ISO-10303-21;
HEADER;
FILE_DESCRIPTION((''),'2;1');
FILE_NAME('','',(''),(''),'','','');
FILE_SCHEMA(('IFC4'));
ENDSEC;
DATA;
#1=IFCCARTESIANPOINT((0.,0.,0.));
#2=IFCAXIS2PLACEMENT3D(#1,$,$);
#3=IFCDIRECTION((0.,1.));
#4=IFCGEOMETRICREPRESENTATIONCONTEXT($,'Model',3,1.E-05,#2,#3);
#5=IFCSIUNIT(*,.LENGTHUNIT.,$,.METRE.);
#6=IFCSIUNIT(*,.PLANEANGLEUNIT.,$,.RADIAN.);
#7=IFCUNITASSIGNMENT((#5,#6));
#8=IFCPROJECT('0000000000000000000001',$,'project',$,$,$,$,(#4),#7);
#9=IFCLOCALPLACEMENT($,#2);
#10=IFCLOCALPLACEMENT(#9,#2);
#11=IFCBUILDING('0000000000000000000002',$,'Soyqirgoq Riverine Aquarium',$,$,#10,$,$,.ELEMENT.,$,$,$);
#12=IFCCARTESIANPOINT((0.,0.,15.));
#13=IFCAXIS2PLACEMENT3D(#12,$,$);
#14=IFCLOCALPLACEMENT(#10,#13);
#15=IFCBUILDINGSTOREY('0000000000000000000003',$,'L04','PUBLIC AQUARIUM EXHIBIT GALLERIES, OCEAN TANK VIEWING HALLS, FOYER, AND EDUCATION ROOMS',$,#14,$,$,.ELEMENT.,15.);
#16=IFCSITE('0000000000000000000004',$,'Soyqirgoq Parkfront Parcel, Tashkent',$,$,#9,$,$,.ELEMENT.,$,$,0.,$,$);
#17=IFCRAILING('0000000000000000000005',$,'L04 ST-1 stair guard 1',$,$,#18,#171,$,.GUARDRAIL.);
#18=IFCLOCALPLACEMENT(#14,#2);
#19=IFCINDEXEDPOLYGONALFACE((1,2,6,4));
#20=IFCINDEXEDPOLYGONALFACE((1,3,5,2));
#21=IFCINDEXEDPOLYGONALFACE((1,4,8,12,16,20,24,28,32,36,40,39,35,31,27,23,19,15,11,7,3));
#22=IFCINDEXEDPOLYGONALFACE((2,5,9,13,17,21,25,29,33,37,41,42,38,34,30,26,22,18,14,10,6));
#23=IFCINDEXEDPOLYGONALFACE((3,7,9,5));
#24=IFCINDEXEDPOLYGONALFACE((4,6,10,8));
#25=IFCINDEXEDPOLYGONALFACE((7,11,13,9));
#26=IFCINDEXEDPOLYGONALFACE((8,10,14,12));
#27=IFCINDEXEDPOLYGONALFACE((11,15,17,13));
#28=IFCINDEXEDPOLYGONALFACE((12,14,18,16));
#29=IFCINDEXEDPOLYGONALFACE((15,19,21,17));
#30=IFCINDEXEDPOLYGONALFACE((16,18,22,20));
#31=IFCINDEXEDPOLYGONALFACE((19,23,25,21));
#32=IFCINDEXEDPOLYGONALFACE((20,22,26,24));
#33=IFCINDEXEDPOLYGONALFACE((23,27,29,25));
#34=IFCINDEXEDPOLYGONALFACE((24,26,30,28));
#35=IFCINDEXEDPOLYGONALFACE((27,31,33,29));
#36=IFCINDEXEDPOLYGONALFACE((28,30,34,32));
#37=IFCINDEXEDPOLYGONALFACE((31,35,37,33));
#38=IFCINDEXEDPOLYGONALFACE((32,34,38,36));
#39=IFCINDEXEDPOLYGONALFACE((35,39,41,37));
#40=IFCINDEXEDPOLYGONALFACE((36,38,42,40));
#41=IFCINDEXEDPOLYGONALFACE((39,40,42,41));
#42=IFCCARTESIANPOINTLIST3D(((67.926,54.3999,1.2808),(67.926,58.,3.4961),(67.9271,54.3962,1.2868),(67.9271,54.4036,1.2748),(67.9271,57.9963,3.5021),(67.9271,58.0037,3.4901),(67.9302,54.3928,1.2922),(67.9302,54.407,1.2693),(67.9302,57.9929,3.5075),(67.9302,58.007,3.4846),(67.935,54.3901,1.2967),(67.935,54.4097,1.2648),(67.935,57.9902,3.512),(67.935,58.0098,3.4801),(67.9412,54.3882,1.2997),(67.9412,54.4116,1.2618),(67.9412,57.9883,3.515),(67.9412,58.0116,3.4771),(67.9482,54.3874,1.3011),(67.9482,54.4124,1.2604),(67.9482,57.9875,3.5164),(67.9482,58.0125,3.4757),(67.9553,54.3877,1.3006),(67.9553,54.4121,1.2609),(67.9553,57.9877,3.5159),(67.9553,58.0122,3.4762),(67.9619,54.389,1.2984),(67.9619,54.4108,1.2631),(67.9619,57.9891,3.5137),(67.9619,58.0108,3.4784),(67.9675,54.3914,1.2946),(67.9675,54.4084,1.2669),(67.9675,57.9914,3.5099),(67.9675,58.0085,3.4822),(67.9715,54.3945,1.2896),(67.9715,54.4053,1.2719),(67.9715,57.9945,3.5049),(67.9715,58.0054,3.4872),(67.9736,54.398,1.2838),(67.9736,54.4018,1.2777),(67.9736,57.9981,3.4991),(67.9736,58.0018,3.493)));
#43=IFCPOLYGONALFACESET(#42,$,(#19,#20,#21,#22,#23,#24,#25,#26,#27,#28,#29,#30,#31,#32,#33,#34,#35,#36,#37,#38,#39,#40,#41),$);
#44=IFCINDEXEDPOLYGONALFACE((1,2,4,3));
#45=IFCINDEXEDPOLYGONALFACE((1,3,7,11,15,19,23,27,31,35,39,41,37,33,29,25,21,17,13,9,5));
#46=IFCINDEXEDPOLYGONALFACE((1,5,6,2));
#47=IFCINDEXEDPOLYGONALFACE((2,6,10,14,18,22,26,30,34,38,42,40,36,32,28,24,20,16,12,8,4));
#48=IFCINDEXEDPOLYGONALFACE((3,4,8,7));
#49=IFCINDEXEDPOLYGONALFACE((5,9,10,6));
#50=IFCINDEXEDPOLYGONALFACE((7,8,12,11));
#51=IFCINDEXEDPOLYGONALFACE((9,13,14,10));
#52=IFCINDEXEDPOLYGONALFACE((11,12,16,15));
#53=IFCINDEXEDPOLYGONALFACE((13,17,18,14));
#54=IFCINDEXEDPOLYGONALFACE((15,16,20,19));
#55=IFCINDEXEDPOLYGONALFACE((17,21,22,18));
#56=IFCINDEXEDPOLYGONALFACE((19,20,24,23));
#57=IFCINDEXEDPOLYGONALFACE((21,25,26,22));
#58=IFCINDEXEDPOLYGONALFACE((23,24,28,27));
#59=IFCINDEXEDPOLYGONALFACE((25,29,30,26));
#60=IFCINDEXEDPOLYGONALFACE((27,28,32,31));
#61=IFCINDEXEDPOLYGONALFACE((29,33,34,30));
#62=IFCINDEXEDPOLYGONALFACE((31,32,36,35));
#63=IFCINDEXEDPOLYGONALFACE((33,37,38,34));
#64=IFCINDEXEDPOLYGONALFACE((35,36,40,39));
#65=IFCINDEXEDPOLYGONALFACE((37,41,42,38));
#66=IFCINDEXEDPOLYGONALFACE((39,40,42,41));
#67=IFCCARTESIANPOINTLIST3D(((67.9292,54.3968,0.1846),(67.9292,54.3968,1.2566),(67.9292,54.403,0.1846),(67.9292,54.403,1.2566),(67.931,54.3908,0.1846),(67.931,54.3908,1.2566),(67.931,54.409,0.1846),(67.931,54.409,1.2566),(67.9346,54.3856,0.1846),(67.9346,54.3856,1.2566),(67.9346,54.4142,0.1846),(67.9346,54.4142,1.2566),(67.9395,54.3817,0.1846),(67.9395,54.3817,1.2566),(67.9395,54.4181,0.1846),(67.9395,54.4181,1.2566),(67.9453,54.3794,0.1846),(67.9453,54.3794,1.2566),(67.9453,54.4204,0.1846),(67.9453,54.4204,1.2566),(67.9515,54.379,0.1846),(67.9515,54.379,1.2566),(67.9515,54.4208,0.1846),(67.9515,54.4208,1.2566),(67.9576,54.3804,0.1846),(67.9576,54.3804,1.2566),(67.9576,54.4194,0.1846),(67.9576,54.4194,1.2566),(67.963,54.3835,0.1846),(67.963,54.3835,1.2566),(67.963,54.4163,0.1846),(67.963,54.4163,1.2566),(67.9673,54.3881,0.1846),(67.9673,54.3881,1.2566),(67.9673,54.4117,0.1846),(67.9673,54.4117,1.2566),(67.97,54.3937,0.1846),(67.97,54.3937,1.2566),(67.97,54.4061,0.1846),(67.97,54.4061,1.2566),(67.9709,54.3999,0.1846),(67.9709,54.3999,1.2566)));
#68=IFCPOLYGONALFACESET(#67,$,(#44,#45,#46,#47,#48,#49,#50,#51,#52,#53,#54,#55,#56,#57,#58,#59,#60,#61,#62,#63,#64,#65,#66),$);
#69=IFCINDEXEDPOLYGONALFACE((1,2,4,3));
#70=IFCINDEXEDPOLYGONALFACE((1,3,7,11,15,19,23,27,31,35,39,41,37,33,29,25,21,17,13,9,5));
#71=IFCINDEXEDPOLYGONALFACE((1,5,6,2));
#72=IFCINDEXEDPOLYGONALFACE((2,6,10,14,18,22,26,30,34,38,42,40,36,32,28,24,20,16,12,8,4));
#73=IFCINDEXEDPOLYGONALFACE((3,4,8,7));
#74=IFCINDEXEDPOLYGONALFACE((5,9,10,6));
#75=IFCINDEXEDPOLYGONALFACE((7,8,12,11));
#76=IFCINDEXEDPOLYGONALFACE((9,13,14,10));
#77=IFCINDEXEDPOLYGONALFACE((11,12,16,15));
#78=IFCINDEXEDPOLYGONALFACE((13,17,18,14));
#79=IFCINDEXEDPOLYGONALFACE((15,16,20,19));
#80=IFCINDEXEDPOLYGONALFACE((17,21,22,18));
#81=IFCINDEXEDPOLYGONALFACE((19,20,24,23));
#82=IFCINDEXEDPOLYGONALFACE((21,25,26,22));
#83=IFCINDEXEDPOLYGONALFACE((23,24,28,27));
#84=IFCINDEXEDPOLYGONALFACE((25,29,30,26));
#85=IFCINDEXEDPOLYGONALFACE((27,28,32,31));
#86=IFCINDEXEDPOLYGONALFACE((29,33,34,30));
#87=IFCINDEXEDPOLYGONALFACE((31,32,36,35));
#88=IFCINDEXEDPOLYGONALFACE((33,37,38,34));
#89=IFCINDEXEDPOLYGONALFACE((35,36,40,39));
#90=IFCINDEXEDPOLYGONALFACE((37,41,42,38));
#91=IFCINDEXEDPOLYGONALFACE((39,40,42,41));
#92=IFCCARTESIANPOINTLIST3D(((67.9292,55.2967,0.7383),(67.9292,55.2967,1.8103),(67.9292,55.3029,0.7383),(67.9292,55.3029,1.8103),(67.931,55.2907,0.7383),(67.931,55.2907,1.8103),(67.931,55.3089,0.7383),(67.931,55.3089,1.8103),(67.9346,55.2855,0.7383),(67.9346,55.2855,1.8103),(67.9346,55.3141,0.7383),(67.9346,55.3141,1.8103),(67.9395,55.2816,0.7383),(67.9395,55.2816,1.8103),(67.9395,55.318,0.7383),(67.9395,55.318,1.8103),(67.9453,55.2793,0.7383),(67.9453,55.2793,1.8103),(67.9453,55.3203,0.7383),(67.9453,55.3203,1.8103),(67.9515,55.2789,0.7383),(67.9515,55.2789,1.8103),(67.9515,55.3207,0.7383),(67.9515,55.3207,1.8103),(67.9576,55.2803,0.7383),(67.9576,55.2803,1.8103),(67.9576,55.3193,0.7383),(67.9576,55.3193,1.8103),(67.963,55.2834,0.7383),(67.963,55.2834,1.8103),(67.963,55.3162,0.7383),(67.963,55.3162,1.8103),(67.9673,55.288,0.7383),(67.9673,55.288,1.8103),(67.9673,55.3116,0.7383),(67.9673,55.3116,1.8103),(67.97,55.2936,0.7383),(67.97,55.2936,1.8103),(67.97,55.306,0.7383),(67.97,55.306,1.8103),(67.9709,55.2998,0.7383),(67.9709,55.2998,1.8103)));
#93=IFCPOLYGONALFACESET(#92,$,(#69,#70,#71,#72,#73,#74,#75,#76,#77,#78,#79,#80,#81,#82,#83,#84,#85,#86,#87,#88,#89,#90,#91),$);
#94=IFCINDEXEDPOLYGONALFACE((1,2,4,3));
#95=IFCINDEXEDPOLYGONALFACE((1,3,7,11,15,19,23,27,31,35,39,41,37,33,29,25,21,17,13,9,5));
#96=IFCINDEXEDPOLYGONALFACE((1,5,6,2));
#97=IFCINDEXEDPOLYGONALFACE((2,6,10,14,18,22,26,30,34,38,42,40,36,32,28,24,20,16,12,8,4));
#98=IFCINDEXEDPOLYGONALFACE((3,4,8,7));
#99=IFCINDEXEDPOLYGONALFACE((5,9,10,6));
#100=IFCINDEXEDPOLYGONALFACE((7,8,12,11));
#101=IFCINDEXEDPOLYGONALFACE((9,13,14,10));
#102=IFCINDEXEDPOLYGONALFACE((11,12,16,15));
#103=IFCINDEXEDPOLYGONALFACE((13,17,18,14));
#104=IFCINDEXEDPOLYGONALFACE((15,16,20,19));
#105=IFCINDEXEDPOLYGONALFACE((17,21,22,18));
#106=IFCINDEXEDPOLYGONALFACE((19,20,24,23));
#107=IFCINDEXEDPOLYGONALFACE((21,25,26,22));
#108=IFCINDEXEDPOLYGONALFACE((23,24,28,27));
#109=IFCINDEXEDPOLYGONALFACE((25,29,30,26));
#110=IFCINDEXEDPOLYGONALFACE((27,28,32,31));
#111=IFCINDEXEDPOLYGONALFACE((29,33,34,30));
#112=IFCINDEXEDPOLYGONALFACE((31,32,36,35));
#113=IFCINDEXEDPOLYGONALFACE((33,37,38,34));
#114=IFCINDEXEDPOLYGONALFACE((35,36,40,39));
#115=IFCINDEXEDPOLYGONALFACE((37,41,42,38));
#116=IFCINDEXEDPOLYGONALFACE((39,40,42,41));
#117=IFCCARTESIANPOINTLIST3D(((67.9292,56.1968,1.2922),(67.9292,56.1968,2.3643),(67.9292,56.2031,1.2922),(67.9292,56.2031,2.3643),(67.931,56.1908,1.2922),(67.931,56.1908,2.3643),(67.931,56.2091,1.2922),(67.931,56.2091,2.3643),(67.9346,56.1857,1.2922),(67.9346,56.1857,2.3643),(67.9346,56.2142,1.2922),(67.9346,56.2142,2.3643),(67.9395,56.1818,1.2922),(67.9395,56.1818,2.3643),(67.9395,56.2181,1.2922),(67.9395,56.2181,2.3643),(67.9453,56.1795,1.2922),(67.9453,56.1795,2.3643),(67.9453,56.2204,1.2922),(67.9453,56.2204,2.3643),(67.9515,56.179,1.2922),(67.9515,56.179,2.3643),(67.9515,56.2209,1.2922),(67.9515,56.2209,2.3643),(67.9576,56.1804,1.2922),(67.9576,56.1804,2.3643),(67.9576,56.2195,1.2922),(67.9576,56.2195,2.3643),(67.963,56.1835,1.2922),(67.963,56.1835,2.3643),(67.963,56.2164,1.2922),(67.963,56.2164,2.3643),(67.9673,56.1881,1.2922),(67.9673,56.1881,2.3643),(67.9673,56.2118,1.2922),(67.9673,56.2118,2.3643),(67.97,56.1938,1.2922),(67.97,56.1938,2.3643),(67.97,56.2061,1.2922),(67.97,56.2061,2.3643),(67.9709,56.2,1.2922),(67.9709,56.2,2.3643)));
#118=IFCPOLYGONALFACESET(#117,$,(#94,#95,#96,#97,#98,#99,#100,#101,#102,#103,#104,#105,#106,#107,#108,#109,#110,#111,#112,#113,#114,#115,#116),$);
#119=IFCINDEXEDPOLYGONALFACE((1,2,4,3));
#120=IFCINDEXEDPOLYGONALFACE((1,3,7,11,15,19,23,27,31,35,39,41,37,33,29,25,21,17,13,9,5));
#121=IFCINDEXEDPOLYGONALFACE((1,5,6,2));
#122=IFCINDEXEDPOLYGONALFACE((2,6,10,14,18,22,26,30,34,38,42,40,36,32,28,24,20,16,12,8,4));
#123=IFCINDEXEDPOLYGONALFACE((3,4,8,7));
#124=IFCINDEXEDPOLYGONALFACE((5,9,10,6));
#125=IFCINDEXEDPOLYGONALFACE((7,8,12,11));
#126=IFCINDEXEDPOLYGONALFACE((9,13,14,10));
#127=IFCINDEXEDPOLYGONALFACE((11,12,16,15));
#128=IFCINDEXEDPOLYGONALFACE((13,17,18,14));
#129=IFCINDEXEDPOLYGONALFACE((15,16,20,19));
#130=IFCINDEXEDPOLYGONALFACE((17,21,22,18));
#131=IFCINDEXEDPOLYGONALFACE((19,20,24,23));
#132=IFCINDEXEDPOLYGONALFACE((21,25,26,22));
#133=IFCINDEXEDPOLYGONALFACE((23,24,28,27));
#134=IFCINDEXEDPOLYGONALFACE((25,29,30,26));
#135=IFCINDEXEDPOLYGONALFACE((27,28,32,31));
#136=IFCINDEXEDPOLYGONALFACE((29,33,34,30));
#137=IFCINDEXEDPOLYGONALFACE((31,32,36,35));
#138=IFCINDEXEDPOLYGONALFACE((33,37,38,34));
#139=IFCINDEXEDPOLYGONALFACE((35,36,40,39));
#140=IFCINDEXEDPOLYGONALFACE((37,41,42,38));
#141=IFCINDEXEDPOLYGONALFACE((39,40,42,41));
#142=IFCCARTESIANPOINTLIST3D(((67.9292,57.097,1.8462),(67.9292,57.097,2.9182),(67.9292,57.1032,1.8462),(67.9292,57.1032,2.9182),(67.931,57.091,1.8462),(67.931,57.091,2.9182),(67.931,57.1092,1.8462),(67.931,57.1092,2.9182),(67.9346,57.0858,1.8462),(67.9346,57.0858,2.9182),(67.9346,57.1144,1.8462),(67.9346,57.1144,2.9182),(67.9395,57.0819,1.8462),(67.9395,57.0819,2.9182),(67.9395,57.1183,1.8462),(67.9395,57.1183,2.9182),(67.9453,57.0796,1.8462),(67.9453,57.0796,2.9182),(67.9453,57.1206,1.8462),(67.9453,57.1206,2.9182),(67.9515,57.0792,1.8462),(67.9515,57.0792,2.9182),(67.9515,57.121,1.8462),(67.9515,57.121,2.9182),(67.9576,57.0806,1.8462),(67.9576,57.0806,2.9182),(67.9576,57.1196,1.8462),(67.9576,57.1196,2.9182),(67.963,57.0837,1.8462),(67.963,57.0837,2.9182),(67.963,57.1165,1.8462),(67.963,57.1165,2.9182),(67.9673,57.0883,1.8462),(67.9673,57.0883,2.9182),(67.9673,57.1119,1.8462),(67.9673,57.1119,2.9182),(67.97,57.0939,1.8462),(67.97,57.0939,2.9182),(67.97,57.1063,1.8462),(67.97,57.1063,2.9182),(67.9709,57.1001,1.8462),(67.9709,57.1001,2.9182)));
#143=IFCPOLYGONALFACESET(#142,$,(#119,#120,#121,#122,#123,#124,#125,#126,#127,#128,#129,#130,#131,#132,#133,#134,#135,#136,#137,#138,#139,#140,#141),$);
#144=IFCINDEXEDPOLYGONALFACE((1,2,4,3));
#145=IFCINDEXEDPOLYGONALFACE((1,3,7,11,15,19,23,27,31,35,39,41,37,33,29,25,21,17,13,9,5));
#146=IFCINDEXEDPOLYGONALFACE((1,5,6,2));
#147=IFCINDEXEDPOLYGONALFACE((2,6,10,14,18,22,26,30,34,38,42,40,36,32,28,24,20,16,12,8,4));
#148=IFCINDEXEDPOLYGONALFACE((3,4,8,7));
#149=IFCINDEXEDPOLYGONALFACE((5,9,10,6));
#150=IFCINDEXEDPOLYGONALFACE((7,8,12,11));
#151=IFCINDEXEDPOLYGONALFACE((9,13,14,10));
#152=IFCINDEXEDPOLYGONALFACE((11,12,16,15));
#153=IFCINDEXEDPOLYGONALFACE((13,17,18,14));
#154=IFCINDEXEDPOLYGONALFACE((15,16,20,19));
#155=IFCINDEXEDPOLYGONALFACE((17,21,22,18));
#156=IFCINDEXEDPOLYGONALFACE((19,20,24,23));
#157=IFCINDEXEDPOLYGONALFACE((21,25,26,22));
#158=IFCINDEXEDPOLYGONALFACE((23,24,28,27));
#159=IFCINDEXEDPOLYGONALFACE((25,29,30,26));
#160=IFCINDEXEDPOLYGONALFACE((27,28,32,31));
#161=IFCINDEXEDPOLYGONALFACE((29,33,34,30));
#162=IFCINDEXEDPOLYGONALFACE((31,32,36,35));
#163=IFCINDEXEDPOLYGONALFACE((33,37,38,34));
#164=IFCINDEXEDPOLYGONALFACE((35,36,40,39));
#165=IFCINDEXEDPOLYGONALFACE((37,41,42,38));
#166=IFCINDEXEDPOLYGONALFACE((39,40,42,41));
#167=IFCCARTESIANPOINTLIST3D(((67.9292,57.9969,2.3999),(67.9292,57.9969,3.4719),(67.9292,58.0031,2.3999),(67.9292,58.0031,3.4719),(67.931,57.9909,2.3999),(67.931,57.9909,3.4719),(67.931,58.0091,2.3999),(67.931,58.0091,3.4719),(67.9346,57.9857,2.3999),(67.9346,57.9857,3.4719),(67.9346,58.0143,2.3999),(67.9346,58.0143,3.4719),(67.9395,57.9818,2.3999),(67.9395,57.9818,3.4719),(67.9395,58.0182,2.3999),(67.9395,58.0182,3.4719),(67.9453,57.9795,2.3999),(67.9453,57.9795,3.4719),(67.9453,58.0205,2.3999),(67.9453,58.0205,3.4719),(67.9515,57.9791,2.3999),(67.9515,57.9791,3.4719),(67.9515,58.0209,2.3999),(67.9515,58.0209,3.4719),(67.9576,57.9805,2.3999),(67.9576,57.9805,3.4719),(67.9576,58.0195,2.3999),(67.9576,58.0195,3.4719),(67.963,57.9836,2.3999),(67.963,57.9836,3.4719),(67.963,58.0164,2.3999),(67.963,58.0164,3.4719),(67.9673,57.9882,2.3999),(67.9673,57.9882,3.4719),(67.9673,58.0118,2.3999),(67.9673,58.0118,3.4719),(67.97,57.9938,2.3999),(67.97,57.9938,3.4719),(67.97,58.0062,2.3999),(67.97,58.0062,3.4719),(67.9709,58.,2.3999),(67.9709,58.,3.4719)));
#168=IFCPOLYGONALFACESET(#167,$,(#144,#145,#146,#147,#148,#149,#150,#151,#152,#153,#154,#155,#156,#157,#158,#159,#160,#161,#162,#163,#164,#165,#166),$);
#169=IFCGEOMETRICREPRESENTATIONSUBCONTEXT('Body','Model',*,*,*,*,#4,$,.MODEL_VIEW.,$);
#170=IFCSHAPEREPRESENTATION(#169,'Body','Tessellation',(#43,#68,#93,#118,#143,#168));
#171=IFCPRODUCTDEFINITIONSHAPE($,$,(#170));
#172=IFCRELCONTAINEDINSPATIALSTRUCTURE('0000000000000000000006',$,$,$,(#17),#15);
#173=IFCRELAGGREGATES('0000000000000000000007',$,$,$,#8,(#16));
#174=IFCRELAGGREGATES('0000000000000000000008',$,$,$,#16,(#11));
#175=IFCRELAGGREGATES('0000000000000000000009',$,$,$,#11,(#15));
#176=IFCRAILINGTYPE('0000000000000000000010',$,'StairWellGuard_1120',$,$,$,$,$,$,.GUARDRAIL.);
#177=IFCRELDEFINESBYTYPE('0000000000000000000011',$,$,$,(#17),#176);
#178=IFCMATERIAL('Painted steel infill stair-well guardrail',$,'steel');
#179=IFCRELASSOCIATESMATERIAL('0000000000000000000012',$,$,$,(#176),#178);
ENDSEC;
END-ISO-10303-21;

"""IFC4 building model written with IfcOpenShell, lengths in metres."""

from ifc_helpers import new_model, si_unit, direction, frame, origin, origin_2d, place, context, subcontext, project, spatial, circle, extrude, material, type_object, element, save


model = new_model("IFC4")

# Units and contexts
model_context = context("Model", 3, precision=1e-05, world=origin(), true_north=direction((0.0, 1.0)))
body_context = subcontext(model_context, "Body", "Model", "MODEL_VIEW")
ifc_project = project(units=[si_unit("LENGTHUNIT", "METRE"), si_unit("PLANEANGLEUNIT", "RADIAN")], contexts=[model_context])

# Site, building, storey
site_placement = place(None, origin())
site = spatial("IfcSite", under=ifc_project, at=site_placement, Name="Soyqirgoq Parkfront Parcel, Tashkent", CompositionType="ELEMENT", RefElevation=0.0)
building_placement = place(site_placement, origin())
building = spatial("IfcBuilding", under=site, at=building_placement, Name="Soyqirgoq Riverine Aquarium", CompositionType="ELEMENT")
storey_placement = place(building_placement, frame((0.0, 0.0, 15.0)))
storey = spatial("IfcBuildingStorey", under=building, at=storey_placement, Name="L04", Description="PUBLIC AQUARIUM EXHIBIT GALLERIES, OCEAN TANK VIEWING HALLS, FOYER, AND EDUCATION ROOMS", CompositionType="ELEMENT", Elevation=15.0)

# Railing
ifc_material_1 = material(Name="Painted steel infill stair-well guardrail", Category="steel")
railing_type_1 = type_object("IfcRailingType", Name="StairWellGuard_1120", PredefinedType="GUARDRAIL", material=ifc_material_1)
railing_1_placement = place(storey_placement, frame((67.95, 54.3999, 0.1846)))
element("IfcRailing", 1, at=railing_1_placement, inside=storey, type_object=railing_type_1, Name="L04 ST-1 stair guard 1", PredefinedType="GUARDRAIL", context=body_context, shape_type="SweptSolid", body=[
    extrude(circle(Radius=0.0239, at=origin_2d()), frame((0.0, 0.0, 1.0962), z_axis=(0.0, 0.85167, 0.524078), x_axis=(-1.0, 0.0, 0.0)), (0.0, 0.0, 1.0), 4.2271),
    extrude(circle(Radius=0.021, at=origin_2d()), origin(), (0.0, 0.0, 1.0), 1.072),
    extrude(circle(Radius=0.021, at=origin_2d()), frame((0.0, 0.8999, 0.5537)), (0.0, 0.0, 1.0), 1.072),
    extrude(circle(Radius=0.021, at=origin_2d()), frame((0.0, 1.8, 1.1077)), (0.0, 0.0, 1.0), 1.072),
    extrude(circle(Radius=0.021, at=origin_2d()), frame((0.0, 2.7002, 1.6616)), (0.0, 0.0, 1.0), 1.072),
    extrude(circle(Radius=0.021, at=origin_2d()), frame((0.0, 3.6001, 2.2153)), (0.0, 0.0, 1.0), 1.072),
])

save(model, "model.ifc")
